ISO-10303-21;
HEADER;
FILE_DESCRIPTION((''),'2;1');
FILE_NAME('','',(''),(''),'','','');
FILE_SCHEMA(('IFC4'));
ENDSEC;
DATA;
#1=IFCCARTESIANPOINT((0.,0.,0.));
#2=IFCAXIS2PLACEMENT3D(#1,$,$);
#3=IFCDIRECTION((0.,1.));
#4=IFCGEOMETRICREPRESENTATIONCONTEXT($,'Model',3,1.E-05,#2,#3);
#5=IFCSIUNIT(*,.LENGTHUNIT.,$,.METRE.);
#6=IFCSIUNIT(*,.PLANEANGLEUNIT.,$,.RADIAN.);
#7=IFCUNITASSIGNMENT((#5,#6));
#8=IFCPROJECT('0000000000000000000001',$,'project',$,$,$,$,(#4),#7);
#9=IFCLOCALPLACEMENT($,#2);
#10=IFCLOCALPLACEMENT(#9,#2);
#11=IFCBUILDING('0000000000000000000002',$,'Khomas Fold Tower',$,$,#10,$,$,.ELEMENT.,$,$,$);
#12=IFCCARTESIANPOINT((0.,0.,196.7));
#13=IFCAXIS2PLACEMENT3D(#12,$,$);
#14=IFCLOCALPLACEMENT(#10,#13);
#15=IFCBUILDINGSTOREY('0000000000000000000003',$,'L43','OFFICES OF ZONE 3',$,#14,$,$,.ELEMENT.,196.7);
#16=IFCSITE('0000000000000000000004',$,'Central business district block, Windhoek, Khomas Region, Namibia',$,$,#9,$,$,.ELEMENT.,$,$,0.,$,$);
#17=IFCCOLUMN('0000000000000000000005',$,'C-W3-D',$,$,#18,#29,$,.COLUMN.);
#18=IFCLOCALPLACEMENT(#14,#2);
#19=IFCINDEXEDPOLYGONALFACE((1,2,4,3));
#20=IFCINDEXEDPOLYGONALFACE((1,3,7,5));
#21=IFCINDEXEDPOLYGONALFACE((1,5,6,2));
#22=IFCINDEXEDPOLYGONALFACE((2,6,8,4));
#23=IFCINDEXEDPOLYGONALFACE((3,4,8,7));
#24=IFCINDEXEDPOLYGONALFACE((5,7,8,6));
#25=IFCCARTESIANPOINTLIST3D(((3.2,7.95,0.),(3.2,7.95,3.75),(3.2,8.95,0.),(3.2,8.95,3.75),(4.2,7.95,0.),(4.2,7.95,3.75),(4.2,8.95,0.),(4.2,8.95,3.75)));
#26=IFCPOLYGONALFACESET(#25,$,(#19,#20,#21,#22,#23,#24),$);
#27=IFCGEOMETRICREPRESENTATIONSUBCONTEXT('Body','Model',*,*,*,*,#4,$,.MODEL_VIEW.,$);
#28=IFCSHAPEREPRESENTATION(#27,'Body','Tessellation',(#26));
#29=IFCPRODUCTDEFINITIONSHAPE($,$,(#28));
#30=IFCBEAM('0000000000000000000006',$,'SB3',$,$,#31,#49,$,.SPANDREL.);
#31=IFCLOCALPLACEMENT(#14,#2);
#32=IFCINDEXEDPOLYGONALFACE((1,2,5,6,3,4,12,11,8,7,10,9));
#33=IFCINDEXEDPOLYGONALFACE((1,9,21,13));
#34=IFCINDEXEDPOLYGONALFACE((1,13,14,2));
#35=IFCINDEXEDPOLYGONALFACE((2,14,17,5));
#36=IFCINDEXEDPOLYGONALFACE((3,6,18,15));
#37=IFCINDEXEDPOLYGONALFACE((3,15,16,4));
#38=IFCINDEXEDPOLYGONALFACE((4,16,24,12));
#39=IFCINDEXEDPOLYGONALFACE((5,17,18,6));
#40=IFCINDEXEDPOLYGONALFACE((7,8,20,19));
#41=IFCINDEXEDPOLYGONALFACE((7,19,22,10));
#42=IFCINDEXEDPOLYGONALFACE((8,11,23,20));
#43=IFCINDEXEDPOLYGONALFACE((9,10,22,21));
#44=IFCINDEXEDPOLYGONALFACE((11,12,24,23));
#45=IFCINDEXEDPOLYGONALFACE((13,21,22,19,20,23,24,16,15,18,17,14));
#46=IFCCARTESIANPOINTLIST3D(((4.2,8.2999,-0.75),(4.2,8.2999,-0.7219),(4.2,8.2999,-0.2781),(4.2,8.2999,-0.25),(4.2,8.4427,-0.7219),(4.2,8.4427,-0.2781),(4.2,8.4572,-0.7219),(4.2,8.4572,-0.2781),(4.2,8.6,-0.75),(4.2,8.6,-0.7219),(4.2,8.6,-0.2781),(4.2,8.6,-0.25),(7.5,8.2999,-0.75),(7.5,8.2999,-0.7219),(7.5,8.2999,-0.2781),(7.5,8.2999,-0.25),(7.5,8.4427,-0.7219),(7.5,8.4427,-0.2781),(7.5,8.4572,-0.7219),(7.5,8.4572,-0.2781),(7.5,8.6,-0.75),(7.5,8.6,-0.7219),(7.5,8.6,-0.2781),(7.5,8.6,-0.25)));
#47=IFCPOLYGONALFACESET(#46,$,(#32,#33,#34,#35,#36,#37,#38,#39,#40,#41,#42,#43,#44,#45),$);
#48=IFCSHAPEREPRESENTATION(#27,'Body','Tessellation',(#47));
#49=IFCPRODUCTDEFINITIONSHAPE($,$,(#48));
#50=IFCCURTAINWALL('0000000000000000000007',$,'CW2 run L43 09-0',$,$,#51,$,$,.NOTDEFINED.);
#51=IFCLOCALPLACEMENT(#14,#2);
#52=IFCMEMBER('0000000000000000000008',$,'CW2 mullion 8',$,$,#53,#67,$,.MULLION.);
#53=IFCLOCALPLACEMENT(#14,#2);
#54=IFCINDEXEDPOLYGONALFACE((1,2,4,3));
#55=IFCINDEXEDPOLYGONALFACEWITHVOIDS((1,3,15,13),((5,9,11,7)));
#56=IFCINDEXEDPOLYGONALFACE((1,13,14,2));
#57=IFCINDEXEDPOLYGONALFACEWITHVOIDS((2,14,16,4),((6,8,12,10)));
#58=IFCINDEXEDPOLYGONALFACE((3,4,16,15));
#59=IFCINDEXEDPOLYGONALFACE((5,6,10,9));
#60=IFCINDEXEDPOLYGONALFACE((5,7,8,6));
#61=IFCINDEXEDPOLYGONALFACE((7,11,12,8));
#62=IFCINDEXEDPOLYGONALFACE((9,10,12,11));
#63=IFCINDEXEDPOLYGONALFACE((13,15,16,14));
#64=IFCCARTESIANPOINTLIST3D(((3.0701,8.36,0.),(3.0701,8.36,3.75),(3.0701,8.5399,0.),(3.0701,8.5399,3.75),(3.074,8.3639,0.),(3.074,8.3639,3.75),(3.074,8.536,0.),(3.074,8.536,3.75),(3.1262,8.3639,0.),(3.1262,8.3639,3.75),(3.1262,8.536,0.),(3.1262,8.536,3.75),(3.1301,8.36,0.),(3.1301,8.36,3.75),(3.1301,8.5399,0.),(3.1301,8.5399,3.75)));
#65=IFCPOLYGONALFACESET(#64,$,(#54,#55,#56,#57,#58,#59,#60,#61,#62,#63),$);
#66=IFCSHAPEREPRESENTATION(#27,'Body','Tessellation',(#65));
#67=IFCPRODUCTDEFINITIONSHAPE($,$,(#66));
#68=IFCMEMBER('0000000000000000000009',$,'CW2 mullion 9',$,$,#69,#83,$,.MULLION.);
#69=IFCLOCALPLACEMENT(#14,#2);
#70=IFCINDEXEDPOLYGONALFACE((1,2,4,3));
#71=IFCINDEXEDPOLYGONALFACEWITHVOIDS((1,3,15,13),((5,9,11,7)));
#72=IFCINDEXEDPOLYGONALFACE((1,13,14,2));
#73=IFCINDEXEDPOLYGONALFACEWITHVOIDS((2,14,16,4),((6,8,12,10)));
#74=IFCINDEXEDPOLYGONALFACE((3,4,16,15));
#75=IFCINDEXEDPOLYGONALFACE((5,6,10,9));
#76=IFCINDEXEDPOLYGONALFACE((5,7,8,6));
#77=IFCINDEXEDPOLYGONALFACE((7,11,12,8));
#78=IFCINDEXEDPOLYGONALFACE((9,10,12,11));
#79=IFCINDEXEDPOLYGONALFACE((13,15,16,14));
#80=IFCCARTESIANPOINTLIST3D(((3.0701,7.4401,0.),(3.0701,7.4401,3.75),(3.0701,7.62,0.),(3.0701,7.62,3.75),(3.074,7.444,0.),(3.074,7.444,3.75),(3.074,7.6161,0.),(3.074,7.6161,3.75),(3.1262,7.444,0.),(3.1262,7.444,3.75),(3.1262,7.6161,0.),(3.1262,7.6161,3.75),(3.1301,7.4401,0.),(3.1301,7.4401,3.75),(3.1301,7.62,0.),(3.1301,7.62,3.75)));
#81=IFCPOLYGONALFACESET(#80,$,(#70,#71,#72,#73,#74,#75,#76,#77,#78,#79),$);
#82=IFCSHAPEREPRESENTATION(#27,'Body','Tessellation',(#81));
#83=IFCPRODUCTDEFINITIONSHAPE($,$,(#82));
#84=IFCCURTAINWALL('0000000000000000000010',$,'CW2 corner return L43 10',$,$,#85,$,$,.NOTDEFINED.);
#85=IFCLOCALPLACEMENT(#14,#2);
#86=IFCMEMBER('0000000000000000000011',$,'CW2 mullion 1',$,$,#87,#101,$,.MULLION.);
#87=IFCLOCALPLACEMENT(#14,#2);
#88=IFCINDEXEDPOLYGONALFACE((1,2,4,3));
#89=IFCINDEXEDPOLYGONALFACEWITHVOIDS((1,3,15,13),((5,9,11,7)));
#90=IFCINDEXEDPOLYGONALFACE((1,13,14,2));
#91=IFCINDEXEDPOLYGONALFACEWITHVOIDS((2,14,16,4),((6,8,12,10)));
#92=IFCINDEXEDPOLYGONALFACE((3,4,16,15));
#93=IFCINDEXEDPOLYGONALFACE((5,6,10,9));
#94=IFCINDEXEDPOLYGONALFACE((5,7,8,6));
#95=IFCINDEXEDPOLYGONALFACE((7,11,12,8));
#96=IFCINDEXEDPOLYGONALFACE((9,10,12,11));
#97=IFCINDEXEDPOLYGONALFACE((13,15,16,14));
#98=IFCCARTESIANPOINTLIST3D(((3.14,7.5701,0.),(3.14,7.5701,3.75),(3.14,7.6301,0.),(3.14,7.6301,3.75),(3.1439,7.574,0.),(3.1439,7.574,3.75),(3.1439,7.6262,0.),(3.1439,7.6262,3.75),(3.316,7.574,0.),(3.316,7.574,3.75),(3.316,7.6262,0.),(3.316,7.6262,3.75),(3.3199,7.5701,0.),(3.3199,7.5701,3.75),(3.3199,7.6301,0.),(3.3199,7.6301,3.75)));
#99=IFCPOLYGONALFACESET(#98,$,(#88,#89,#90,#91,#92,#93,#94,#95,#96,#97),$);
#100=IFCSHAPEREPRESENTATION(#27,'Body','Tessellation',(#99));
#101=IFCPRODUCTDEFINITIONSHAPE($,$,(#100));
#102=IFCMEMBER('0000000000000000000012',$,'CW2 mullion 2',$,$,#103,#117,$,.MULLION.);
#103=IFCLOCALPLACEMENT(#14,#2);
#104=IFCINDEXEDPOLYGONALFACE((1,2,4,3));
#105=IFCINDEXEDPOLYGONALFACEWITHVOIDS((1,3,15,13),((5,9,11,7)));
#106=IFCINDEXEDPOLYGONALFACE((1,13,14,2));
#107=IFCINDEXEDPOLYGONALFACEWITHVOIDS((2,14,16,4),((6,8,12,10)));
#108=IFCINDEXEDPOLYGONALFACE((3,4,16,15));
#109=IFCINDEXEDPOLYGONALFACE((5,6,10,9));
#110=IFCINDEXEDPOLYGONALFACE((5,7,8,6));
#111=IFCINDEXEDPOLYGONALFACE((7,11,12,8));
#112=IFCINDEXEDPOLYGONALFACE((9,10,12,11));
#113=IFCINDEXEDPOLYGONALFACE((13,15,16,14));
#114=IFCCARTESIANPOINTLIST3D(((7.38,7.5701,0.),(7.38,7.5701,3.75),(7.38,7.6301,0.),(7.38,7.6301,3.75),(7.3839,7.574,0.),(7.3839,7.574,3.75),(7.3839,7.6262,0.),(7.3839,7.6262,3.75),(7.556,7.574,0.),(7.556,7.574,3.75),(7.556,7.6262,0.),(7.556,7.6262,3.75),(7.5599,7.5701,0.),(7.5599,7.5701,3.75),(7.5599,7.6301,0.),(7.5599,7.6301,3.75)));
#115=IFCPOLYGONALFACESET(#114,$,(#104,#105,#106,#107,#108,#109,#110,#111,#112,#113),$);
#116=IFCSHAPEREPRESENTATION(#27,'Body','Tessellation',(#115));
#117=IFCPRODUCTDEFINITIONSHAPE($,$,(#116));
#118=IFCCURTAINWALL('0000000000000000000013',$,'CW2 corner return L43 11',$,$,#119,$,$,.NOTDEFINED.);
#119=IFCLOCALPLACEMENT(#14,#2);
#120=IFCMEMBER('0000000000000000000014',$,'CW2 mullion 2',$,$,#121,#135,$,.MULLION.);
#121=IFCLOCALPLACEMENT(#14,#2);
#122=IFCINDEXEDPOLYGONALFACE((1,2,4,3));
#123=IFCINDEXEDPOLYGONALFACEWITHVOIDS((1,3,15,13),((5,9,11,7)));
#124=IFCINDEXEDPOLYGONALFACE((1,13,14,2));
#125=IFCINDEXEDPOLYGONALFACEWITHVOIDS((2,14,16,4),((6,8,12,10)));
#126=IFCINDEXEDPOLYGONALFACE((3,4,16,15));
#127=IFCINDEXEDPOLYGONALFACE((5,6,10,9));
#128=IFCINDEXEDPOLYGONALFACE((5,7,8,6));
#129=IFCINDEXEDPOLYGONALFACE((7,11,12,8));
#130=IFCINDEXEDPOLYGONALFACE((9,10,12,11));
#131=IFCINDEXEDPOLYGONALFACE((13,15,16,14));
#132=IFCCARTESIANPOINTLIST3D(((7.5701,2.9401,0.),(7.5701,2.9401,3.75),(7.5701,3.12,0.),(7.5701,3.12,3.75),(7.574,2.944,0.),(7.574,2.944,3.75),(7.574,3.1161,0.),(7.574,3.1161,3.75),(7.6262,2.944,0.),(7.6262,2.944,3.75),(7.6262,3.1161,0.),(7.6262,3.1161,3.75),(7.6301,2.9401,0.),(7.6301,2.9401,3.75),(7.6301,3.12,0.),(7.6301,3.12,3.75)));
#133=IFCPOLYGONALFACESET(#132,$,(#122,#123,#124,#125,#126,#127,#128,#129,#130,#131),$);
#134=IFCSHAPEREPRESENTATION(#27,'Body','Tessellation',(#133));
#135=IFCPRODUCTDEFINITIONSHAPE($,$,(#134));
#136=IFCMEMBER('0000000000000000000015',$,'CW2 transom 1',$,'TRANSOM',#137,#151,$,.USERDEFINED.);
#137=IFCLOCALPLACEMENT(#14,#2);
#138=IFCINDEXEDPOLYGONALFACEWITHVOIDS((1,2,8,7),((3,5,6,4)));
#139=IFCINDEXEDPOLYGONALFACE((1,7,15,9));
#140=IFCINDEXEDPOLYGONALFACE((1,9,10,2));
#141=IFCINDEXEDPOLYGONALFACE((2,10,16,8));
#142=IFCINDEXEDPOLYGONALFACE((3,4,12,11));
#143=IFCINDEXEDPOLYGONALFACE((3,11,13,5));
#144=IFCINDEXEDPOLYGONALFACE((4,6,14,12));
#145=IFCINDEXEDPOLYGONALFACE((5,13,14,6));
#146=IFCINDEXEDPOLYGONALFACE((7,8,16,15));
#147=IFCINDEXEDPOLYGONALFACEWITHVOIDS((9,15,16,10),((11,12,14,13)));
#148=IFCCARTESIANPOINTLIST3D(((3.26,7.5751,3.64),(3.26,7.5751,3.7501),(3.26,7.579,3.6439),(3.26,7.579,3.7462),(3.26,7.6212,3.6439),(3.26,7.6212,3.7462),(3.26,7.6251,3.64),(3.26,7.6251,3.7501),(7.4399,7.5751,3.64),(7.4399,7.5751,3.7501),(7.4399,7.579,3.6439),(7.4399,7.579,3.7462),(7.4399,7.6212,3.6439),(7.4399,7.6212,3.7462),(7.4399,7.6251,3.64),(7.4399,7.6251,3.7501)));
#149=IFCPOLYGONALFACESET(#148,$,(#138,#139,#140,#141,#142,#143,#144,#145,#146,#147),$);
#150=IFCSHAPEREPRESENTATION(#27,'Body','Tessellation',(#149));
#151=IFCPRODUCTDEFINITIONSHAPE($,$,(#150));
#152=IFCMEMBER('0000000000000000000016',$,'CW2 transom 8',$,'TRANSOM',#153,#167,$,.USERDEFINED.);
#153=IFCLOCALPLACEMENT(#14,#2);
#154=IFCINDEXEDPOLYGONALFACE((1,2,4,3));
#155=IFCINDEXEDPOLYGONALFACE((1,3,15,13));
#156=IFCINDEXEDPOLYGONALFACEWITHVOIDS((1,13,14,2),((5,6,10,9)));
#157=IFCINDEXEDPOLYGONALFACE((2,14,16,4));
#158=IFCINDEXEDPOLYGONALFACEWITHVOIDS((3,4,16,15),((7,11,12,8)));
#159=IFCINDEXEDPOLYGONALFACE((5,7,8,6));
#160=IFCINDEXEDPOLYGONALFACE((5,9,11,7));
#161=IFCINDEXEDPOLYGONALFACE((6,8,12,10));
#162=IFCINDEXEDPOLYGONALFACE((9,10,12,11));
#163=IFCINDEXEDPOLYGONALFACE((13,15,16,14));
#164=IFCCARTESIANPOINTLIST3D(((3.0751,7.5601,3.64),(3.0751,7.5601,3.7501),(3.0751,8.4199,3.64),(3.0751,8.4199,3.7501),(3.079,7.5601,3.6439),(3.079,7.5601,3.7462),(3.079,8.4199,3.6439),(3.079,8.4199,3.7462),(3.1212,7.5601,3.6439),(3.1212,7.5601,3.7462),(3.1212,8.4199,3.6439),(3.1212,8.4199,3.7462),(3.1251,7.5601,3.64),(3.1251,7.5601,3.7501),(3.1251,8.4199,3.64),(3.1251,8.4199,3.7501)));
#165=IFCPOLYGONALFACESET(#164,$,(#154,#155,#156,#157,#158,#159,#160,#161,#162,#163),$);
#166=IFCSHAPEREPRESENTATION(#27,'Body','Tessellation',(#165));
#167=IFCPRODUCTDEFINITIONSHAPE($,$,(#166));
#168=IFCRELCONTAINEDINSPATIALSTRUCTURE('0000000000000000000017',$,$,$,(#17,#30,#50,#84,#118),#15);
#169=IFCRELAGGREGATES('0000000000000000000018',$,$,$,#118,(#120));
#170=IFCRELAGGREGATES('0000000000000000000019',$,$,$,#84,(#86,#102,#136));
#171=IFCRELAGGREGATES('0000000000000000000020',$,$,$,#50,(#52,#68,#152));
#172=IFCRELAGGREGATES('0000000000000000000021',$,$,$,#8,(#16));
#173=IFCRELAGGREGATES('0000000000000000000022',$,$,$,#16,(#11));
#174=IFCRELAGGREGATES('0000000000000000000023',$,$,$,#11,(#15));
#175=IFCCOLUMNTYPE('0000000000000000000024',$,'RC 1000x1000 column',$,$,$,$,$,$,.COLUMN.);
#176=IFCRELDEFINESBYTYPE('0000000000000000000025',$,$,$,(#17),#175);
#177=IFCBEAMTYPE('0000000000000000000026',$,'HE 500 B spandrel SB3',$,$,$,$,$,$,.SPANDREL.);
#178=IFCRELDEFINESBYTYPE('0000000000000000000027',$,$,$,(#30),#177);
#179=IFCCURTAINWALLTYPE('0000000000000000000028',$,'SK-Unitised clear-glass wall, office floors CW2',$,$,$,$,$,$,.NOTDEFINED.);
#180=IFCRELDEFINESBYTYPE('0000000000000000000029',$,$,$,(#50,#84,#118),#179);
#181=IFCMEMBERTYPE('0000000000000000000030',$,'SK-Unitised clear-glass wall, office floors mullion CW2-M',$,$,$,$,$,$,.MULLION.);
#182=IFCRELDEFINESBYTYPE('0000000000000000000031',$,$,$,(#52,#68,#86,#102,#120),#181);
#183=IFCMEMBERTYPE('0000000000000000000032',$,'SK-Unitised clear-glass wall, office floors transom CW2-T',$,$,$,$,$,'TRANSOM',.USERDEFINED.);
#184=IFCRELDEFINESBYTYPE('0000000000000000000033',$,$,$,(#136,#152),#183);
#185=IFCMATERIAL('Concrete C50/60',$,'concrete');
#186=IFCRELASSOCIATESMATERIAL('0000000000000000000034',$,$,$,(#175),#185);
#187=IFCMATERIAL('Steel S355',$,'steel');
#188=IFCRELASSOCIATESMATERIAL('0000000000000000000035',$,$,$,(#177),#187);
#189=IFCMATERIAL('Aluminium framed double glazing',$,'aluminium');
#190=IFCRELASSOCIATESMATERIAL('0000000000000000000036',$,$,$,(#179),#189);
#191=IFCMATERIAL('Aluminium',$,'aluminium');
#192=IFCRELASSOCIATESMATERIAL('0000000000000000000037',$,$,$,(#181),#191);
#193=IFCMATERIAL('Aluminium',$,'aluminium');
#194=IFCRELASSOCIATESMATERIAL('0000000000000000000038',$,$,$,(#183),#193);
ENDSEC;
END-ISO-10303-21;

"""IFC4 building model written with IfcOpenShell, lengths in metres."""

from ifc_helpers import new_model, si_unit, direction, frame, origin, origin_2d, place, context, subcontext, project, spatial, rectangle, hollow_rectangle, i_section, extrude, source, transform, mapped, material, material_profile, profile_set, type_object, element, aggregate, save


model = new_model("IFC4")

# Units and contexts
model_context = context("Model", 3, precision=1e-05, world=origin(), true_north=direction((0.0, 1.0)))
body_context = subcontext(model_context, "Body", "Model", "MODEL_VIEW")
ifc_project = project(units=[si_unit("LENGTHUNIT", "METRE"), si_unit("PLANEANGLEUNIT", "RADIAN")], contexts=[model_context])

# Site, building, storey
site_placement = place(None, origin())
site = spatial("IfcSite", under=ifc_project, at=site_placement, Name="Central business district block, Windhoek, Khomas Region, Namibia", CompositionType="ELEMENT", RefElevation=0.0)
building_placement = place(site_placement, origin())
building = spatial("IfcBuilding", under=site, at=building_placement, Name="Khomas Fold Tower", CompositionType="ELEMENT")
storey_placement = place(building_placement, frame((0.0, 0.0, 196.7)))
storey = spatial("IfcBuildingStorey", under=building, at=storey_placement, Name="L43", Description="OFFICES OF ZONE 3", CompositionType="ELEMENT", Elevation=196.7)

# Column
ifc_material_1 = material(Name="Concrete C50/60", Category="concrete")
ifc_material_profile_1 = material_profile(ifc_material_1, rectangle(XDim=1.0, YDim=1.0, at=origin_2d()), Name="RC 1000x1000")
ifc_profile_set_1 = profile_set([ifc_material_profile_1], Name="Concrete C50/60")
column_type = type_object("IfcColumnType", Name="RC 1000x1000 column", PredefinedType="COLUMN", material=ifc_profile_set_1)
shared_shape_1 = source(origin(), body_context, "Body", "SweptSolid", [
    extrude(rectangle(XDim=1.0, YDim=1.0, at=origin_2d()), origin(), (0.0, 0.0, 1.0), 3.75),
])
column_placement = place(storey_placement, frame((3.7, 8.45, 0.0), z_axis=(0.0, 0.0, 1.0), x_axis=(1.0, 0.0, 0.0)))
element("IfcColumn", 1, at=column_placement, inside=storey, type_object=column_type, Name="C-W3-D", PredefinedType="COLUMN", context=body_context, shape_type="MappedRepresentation", body=[
    mapped(shared_shape_1, transform((0.0, 0.0, 0.0))),
])

# Beam
ifc_material_2 = material(Name="Steel S355", Category="steel")
ifc_material_profile_2 = material_profile(ifc_material_2, i_section(OverallWidth=0.3, OverallDepth=0.5, WebThickness=0.0144, FlangeThickness=0.0281, at=origin_2d()), Name="HE 500 B")
ifc_profile_set_2 = profile_set([ifc_material_profile_2], Name="Steel S355")
beam_type = type_object("IfcBeamType", Name="HE 500 B spandrel SB3", PredefinedType="SPANDREL", material=ifc_profile_set_2)
shared_shape_2 = source(origin(), body_context, "Body", "SweptSolid", [
    extrude(i_section(OverallWidth=0.3, OverallDepth=0.5, WebThickness=0.0144, FlangeThickness=0.0281, at=origin_2d()), origin(), (0.0, 0.0, 1.0), 3.3),
])
beam_placement = place(storey_placement, frame((4.2, 8.45, -0.5), z_axis=(1.0, 0.0, 0.0), x_axis=(0.0, 1.0, 0.0)))
element("IfcBeam", 2, at=beam_placement, inside=storey, type_object=beam_type, Name="SB3", PredefinedType="SPANDREL", context=body_context, shape_type="MappedRepresentation", body=[
    mapped(shared_shape_2, transform((0.0, 0.0, 0.0))),
])

# Curtain walls, members
ifc_material_3 = material(Name="Aluminium framed double glazing", Category="aluminium")
curtain_wall_type = type_object("IfcCurtainWallType", Name="SK-Unitised clear-glass wall, office floors CW2", PredefinedType="NOTDEFINED", material=ifc_material_3)
curtain_wall_1_placement = place(storey_placement, origin())
curtain_wall_1 = element("IfcCurtainWall", 3, at=curtain_wall_1_placement, inside=storey, type_object=curtain_wall_type, Name="CW2 run L43 09-0", PredefinedType="NOTDEFINED")
ifc_material_4 = material(Name="Aluminium", Category="aluminium")
ifc_material_profile_3 = material_profile(ifc_material_4, hollow_rectangle(XDim=0.0601, YDim=0.1799, WallThickness=0.0039, at=origin_2d()), Name="SK-Unitised clear-glass wall, office floors mullion CW2-M")
ifc_profile_set_3 = profile_set([ifc_material_profile_3], Name="Aluminium")
member_type_1 = type_object("IfcMemberType", Name="SK-Unitised clear-glass wall, office floors mullion CW2-M", PredefinedType="MULLION", material=ifc_profile_set_3)
shared_shape_3 = source(origin(), body_context, "Body", "SweptSolid", [
    extrude(hollow_rectangle(XDim=0.0601, YDim=0.1799, WallThickness=0.0039, at=origin_2d()), origin(), (0.0, 0.0, 1.0), 3.75),
])
member_1_placement = place(storey_placement, frame((3.1001, 8.45, 0.0), z_axis=(0.0, 0.0, 1.0), x_axis=(1.0, 0.0, 0.0)))
member_1 = element("IfcMember", 4, at=member_1_placement, type_object=member_type_1, Name="CW2 mullion 8", PredefinedType="MULLION", context=body_context, shape_type="MappedRepresentation", body=[
    mapped(shared_shape_3, transform((0.0, 0.0, 0.0))),
])
member_2_placement = place(storey_placement, frame((3.1001, 7.53, 0.0), z_axis=(0.0, 0.0, 1.0), x_axis=(1.0, 0.0, 0.0)))
member_2 = element("IfcMember", 5, at=member_2_placement, type_object=member_type_1, Name="CW2 mullion 9", PredefinedType="MULLION", context=body_context, shape_type="MappedRepresentation", body=[
    mapped(shared_shape_3, transform((0.0, 0.0, 0.0))),
])
curtain_wall_2_placement = place(storey_placement, origin())
curtain_wall_2 = element("IfcCurtainWall", 6, at=curtain_wall_2_placement, inside=storey, type_object=curtain_wall_type, Name="CW2 corner return L43 10", PredefinedType="NOTDEFINED")
member_3_placement = place(storey_placement, frame((3.23, 7.6001, 0.0), z_axis=(0.0, 0.0, 1.0), x_axis=(0.0, 1.0, 0.0)))
member_3 = element("IfcMember", 7, at=member_3_placement, type_object=member_type_1, Name="CW2 mullion 1", PredefinedType="MULLION", context=body_context, shape_type="MappedRepresentation", body=[
    mapped(shared_shape_3, transform((0.0, 0.0, 0.0))),
])
member_4_placement = place(storey_placement, frame((7.47, 7.6001, 0.0), z_axis=(0.0, 0.0, 1.0), x_axis=(0.0, 1.0, 0.0)))
member_4 = element("IfcMember", 8, at=member_4_placement, type_object=member_type_1, Name="CW2 mullion 2", PredefinedType="MULLION", context=body_context, shape_type="MappedRepresentation", body=[
    mapped(shared_shape_3, transform((0.0, 0.0, 0.0))),
])

# Curtain wall, member
curtain_wall_3_placement = place(storey_placement, origin())
curtain_wall_3 = element("IfcCurtainWall", 9, at=curtain_wall_3_placement, inside=storey, type_object=curtain_wall_type, Name="CW2 corner return L43 11", PredefinedType="NOTDEFINED")
member_5_placement = place(storey_placement, frame((7.6001, 3.03, 0.0), z_axis=(0.0, 0.0, 1.0), x_axis=(1.0, 0.0, 0.0)))
member_5 = element("IfcMember", 10, at=member_5_placement, type_object=member_type_1, Name="CW2 mullion 2", PredefinedType="MULLION", context=body_context, shape_type="MappedRepresentation", body=[
    mapped(shared_shape_3, transform((0.0, 0.0, 0.0))),
])

# Members
ifc_material_5 = material(Name="Aluminium", Category="aluminium")
ifc_material_profile_4 = material_profile(ifc_material_5, hollow_rectangle(XDim=0.05, YDim=0.1101, WallThickness=0.0039, at=origin_2d()), Name="SK-Unitised clear-glass wall, office floors transom CW2-T")
ifc_profile_set_4 = profile_set([ifc_material_profile_4], Name="Aluminium")
member_type_2 = type_object("IfcMemberType", Name="SK-Unitised clear-glass wall, office floors transom CW2-T", ElementType="TRANSOM", PredefinedType="USERDEFINED", material=ifc_profile_set_4)
shared_shape_4 = source(origin(), body_context, "Body", "SweptSolid", [
    extrude(hollow_rectangle(XDim=0.05, YDim=0.1101, WallThickness=0.0039, at=origin_2d()), origin(), (0.0, 0.0, 1.0), 4.1799),
])
member_6_placement = place(storey_placement, frame((3.26, 7.6001, 3.6951), z_axis=(1.0, 0.0, 0.0), x_axis=(0.0, 1.0, 0.0)))
member_6 = element("IfcMember", 11, at=member_6_placement, type_object=member_type_2, Name="CW2 transom 1", ObjectType="TRANSOM", PredefinedType="USERDEFINED", context=body_context, shape_type="MappedRepresentation", body=[
    mapped(shared_shape_4, transform((0.0, 0.0, 0.0))),
])
shared_shape_5 = source(origin(), body_context, "Body", "SweptSolid", [
    extrude(hollow_rectangle(XDim=0.05, YDim=0.1101, WallThickness=0.0039, at=origin_2d()), origin(), (0.0, 0.0, 1.0), 0.8599),
])
member_7_placement = place(storey_placement, frame((3.1001, 8.4199, 3.6951), z_axis=(0.0, -1.0, 0.0), x_axis=(1.0, 0.0, 0.0)))
member_7 = element("IfcMember", 12, at=member_7_placement, type_object=member_type_2, Name="CW2 transom 8", ObjectType="TRANSOM", PredefinedType="USERDEFINED", context=body_context, shape_type="MappedRepresentation", body=[
    mapped(shared_shape_5, transform((0.0, 0.0, 0.0))),
])

aggregate(curtain_wall_3, [member_5])
aggregate(curtain_wall_2, [member_3, member_4, member_6])
aggregate(curtain_wall_1, [member_1, member_2, member_7])

save(model, "model.ifc")
